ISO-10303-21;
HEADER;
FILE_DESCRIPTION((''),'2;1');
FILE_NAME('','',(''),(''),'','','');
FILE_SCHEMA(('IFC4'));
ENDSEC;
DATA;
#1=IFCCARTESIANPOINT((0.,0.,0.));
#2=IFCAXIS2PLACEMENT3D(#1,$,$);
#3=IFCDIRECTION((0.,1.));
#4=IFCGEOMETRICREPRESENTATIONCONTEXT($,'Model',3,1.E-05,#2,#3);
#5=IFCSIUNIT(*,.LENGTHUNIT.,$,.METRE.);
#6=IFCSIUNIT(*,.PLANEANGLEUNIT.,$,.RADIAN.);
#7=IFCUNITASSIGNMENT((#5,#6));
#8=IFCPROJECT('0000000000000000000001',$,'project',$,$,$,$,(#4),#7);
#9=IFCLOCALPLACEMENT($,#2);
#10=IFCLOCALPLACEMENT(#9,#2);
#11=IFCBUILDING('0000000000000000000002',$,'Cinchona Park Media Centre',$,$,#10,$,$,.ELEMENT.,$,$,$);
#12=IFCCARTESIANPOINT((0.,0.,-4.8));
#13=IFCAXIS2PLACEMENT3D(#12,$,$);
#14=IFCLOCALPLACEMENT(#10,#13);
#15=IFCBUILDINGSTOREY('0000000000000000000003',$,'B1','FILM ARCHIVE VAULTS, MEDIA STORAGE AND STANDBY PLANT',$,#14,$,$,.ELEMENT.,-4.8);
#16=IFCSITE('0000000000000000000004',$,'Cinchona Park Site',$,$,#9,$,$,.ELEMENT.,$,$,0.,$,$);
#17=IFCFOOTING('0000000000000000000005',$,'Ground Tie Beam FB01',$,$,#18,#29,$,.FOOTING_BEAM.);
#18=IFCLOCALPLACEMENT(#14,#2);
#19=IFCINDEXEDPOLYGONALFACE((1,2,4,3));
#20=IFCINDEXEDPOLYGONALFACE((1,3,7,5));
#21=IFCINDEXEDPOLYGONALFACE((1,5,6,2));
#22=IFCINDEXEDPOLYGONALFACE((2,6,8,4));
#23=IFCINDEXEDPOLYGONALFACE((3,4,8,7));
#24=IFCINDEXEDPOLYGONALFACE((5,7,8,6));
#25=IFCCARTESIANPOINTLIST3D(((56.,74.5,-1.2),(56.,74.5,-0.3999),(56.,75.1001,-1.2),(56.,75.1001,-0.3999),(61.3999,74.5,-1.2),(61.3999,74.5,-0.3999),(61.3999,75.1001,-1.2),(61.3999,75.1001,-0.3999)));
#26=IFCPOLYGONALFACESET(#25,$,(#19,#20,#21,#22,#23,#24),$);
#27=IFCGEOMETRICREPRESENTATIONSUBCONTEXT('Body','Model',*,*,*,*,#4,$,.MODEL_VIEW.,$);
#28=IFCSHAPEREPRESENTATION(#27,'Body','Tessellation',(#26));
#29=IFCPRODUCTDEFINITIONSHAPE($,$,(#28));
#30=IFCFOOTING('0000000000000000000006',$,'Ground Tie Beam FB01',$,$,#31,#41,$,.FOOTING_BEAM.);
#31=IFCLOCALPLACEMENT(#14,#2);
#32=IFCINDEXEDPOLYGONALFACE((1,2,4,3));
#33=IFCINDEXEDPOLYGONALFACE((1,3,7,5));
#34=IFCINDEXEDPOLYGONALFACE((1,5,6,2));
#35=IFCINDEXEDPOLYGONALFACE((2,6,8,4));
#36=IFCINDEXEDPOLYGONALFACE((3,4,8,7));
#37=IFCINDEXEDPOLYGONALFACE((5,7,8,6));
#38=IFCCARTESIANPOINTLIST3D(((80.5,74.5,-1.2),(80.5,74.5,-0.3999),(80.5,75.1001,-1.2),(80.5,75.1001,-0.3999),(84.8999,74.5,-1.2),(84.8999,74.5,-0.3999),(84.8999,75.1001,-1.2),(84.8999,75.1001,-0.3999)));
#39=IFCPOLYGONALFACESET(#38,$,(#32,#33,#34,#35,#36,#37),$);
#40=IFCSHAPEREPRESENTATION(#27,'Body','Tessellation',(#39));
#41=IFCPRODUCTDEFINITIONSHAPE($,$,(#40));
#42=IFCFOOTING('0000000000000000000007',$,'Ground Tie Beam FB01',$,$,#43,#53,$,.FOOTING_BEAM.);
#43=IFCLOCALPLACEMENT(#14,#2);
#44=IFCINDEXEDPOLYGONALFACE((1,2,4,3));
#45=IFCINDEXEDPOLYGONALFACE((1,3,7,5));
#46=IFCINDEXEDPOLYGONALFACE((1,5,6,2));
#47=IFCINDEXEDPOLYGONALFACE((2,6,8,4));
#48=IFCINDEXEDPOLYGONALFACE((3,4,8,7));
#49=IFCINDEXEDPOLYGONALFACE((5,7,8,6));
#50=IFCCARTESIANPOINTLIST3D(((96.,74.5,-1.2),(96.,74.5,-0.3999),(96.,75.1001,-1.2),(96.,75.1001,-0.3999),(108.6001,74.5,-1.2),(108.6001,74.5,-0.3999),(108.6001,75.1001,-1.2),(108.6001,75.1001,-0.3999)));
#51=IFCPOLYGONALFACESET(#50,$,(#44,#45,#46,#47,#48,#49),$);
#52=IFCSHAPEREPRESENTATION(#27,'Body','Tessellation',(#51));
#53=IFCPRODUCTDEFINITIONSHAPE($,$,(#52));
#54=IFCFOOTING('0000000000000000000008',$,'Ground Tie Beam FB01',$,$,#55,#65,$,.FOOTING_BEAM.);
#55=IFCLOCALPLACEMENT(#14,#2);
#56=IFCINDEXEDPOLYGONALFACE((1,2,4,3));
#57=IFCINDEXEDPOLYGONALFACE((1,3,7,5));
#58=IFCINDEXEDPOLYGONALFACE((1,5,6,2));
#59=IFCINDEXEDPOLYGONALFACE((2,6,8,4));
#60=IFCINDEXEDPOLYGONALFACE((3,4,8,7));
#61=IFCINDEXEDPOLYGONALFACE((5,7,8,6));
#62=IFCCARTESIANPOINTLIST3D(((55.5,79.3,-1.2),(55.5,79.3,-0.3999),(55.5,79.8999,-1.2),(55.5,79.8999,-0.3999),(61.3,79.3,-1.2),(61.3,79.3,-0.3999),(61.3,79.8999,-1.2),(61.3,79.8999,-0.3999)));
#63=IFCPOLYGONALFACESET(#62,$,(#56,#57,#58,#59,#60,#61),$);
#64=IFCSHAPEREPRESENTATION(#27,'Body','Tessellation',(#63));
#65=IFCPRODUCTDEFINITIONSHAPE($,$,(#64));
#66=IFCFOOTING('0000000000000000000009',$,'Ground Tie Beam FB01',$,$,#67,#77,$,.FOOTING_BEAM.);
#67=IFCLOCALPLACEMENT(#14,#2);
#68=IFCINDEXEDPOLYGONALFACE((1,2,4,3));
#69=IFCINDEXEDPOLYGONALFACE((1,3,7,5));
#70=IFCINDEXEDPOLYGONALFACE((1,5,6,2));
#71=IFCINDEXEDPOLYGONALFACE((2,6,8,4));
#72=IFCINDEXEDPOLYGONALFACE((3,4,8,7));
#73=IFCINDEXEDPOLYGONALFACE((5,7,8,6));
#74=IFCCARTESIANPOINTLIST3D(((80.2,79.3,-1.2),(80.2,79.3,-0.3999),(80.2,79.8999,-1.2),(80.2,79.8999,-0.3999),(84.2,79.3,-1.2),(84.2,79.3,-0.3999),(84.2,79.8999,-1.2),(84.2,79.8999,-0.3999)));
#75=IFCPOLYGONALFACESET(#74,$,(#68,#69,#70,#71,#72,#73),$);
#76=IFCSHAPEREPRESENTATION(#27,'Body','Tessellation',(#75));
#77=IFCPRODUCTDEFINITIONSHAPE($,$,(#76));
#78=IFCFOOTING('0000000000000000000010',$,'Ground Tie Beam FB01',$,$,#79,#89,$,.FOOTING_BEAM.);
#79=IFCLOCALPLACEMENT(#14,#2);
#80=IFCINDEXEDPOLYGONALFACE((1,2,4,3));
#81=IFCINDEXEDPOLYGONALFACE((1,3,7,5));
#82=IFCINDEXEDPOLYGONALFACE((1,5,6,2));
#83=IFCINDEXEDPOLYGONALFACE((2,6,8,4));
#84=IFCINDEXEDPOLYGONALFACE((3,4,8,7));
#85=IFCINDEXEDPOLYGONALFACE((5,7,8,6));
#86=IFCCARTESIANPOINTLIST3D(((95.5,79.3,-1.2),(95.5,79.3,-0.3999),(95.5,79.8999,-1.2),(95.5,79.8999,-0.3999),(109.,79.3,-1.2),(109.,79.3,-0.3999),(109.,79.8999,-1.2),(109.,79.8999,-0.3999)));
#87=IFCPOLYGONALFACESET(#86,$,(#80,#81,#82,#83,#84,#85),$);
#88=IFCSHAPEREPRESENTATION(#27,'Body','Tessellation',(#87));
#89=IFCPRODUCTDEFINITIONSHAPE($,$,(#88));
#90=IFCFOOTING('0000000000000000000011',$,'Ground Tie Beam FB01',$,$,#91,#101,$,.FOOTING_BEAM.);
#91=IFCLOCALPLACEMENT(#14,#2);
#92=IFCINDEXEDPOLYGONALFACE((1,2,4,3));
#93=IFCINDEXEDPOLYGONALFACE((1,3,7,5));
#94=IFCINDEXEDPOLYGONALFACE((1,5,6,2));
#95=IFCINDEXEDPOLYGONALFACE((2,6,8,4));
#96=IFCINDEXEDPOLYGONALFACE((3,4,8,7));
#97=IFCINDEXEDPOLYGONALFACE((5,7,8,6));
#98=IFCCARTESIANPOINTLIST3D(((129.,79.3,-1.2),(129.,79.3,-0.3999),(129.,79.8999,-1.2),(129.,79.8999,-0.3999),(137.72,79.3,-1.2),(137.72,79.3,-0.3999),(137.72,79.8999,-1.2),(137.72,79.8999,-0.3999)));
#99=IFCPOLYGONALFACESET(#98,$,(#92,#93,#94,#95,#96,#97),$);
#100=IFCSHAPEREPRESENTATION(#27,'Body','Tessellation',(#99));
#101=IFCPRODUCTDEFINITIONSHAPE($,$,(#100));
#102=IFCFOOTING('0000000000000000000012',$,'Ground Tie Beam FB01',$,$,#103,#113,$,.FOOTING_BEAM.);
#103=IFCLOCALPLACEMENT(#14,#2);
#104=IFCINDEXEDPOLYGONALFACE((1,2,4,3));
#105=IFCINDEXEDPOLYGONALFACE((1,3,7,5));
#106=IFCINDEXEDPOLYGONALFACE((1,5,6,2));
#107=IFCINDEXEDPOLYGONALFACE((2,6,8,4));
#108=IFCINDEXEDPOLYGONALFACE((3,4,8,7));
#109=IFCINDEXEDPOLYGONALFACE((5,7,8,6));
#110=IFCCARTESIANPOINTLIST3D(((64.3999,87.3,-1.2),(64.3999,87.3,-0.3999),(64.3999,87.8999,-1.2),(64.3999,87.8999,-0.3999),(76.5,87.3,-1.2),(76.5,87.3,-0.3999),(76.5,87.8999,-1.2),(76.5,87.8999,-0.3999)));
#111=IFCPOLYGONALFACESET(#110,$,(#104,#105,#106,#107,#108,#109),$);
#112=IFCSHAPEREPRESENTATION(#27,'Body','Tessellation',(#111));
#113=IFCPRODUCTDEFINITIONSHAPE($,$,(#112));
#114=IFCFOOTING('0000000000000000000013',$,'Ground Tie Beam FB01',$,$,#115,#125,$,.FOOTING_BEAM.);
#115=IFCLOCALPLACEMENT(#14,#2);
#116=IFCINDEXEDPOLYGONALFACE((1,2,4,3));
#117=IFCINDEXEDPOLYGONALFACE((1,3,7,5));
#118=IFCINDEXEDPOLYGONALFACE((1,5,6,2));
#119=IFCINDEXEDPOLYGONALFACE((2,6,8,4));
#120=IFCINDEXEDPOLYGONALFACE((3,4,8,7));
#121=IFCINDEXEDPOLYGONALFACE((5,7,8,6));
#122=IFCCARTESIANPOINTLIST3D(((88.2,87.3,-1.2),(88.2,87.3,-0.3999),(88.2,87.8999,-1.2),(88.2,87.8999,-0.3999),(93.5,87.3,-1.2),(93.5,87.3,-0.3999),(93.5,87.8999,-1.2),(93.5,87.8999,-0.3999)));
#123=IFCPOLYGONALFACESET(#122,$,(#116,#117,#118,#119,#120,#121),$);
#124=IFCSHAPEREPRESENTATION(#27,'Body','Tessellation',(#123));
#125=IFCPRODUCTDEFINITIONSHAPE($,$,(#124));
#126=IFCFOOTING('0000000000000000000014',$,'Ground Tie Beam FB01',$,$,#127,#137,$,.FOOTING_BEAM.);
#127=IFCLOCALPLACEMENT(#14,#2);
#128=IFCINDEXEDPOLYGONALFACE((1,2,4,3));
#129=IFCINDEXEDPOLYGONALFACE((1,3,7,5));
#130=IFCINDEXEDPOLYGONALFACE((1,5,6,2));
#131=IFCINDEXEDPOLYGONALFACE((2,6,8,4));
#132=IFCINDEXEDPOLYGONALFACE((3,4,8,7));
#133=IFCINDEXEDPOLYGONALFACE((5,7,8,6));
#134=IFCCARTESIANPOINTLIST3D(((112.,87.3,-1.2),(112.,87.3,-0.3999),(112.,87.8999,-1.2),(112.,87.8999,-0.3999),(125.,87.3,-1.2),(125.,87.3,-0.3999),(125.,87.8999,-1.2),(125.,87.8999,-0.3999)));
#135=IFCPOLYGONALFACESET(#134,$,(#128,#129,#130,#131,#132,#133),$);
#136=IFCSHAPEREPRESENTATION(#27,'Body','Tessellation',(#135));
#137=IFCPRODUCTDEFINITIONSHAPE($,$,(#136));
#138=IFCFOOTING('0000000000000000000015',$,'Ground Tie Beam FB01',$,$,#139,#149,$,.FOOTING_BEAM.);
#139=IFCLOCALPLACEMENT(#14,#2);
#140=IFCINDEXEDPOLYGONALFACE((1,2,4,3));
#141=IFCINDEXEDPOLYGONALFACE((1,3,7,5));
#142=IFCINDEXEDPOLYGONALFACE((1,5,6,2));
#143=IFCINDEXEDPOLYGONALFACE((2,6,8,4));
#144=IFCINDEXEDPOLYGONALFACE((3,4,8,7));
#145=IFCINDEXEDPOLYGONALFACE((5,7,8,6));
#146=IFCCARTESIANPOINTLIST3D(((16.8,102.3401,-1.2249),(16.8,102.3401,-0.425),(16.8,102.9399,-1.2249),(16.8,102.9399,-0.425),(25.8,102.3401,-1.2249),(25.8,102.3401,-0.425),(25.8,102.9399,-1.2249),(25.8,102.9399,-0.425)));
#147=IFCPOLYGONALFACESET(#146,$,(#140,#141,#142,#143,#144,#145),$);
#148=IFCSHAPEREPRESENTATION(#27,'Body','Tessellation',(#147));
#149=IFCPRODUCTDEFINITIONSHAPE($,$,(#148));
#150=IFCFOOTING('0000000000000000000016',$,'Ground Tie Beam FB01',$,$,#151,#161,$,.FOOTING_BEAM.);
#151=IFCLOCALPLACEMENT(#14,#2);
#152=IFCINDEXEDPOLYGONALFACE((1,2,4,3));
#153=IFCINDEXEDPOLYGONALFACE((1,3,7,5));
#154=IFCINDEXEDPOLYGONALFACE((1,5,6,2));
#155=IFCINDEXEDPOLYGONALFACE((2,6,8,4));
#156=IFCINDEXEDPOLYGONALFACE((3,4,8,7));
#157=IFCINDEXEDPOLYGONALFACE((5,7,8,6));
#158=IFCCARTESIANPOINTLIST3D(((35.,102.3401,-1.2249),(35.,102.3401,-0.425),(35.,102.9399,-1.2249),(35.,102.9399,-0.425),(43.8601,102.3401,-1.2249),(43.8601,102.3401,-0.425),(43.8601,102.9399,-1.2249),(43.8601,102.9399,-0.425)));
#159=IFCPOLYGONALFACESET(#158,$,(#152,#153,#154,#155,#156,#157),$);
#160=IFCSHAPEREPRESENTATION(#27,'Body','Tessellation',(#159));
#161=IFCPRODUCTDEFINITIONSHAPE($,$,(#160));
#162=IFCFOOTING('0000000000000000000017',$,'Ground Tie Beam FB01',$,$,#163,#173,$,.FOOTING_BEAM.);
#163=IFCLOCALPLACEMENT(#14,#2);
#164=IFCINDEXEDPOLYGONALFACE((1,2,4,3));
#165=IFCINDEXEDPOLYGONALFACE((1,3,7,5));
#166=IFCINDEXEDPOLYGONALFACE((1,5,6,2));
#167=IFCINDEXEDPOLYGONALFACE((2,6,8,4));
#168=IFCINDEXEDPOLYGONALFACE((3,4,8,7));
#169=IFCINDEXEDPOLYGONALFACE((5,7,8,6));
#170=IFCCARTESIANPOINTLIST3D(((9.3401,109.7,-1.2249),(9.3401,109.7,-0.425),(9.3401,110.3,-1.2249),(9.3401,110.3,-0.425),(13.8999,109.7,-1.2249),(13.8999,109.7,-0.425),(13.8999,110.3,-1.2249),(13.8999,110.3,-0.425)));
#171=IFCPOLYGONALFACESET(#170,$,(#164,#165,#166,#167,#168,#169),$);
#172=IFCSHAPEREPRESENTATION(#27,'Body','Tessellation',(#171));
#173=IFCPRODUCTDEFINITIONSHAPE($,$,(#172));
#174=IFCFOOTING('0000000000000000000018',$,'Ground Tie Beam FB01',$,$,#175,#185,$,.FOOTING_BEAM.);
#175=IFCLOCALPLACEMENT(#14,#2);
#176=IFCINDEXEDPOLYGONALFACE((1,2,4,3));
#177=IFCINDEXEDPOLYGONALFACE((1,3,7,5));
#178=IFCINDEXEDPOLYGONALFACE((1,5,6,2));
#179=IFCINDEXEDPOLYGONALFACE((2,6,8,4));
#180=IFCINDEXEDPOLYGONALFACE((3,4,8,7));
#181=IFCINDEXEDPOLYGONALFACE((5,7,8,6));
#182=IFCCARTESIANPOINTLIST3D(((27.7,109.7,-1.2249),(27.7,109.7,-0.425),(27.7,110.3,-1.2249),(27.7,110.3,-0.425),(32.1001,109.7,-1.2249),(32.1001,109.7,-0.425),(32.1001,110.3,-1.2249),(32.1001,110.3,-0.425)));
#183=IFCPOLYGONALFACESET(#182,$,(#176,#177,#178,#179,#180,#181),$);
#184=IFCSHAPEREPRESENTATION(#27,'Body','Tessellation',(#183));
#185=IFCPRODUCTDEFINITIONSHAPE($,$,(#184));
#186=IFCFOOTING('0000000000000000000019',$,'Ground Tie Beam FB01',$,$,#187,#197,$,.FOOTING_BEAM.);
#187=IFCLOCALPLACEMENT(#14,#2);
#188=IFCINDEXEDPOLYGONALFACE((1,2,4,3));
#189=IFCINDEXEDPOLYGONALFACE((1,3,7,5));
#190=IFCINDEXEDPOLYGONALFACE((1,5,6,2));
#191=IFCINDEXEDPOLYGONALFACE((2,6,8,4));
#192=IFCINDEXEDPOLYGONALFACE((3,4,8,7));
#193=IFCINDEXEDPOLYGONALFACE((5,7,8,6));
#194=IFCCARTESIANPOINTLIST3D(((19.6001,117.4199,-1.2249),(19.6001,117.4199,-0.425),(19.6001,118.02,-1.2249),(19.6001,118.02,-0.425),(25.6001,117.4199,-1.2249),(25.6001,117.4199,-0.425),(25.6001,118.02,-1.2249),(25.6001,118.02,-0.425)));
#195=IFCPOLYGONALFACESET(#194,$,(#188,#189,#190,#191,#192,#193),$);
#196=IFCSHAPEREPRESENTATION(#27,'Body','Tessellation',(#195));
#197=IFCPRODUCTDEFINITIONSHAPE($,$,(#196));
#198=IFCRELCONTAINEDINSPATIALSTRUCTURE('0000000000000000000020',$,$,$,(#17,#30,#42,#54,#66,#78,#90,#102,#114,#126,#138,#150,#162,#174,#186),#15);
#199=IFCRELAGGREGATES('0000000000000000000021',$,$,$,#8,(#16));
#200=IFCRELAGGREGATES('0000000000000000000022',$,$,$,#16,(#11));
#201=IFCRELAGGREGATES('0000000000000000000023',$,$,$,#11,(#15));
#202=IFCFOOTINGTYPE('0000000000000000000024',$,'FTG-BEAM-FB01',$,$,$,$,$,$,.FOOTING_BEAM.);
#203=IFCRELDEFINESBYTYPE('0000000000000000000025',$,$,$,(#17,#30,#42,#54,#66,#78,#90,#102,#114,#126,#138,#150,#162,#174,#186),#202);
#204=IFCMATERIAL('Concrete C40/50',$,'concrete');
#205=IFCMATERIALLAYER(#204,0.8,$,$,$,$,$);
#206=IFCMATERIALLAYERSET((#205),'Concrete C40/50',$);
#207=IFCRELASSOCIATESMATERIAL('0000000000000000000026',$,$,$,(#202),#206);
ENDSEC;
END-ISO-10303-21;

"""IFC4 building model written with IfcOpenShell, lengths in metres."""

from ifc_helpers import new_model, si_unit, direction, frame, origin, place, context, subcontext, project, spatial, polyline, outline, extrude, material, layer, layer_set, type_object, element, save


model = new_model("IFC4")

# Units and contexts
model_context = context("Model", 3, precision=1e-05, world=origin(), true_north=direction((0.0, 1.0)))
body_context = subcontext(model_context, "Body", "Model", "MODEL_VIEW")
ifc_project = project(units=[si_unit("LENGTHUNIT", "METRE"), si_unit("PLANEANGLEUNIT", "RADIAN")], contexts=[model_context])

# Site, building, storey
site_placement = place(None, origin())
site = spatial("IfcSite", under=ifc_project, at=site_placement, Name="Cinchona Park Site", CompositionType="ELEMENT", RefElevation=0.0)
building_placement = place(site_placement, origin())
building = spatial("IfcBuilding", under=site, at=building_placement, Name="Cinchona Park Media Centre", CompositionType="ELEMENT")
storey_placement = place(building_placement, frame((0.0, 0.0, -4.8)))
storey = spatial("IfcBuildingStorey", under=building, at=storey_placement, Name="B1", Description="FILM ARCHIVE VAULTS, MEDIA STORAGE AND STANDBY PLANT", CompositionType="ELEMENT", Elevation=-4.8)

# Footings
ifc_material = material(Name="Concrete C40/50", Category="concrete")
ifc_layer = layer(ifc_material, 0.8)
ifc_layer_set = layer_set([ifc_layer], Name="Concrete C40/50")
footing_type = type_object("IfcFootingType", Name="FTG-BEAM-FB01", PredefinedType="FOOTING_BEAM", material=ifc_layer_set)
footing_1_placement = place(storey_placement, frame((0.0, 0.0, -1.2)))
element("IfcFooting", 1, at=footing_1_placement, inside=storey, type_object=footing_type, Name="Ground Tie Beam FB01", PredefinedType="FOOTING_BEAM", context=body_context, shape_type="SweptSolid", body=[
    extrude(outline(polyline([(56.0, 74.5), (61.3999, 74.5), (61.3999, 75.1001), (56.0, 75.1001), (56.0, 74.5)])), origin(), (0.0, 0.0, 1.0), 0.8),
])
footing_2_placement = place(storey_placement, frame((0.0, 0.0, -1.2)))
element("IfcFooting", 2, at=footing_2_placement, inside=storey, type_object=footing_type, Name="Ground Tie Beam FB01", PredefinedType="FOOTING_BEAM", context=body_context, shape_type="SweptSolid", body=[
    extrude(outline(polyline([(80.5, 74.5), (84.8999, 74.5), (84.8999, 75.1001), (80.5, 75.1001), (80.5, 74.5)])), origin(), (0.0, 0.0, 1.0), 0.8),
])
footing_3_placement = place(storey_placement, frame((0.0, 0.0, -1.2)))
element("IfcFooting", 3, at=footing_3_placement, inside=storey, type_object=footing_type, Name="Ground Tie Beam FB01", PredefinedType="FOOTING_BEAM", context=body_context, shape_type="SweptSolid", body=[
    extrude(outline(polyline([(96.0, 74.5), (108.6001, 74.5), (108.6001, 75.1001), (96.0, 75.1001), (96.0, 74.5)])), origin(), (0.0, 0.0, 1.0), 0.8),
])
footing_4_placement = place(storey_placement, frame((0.0, 0.0, -1.2)))
element("IfcFooting", 4, at=footing_4_placement, inside=storey, type_object=footing_type, Name="Ground Tie Beam FB01", PredefinedType="FOOTING_BEAM", context=body_context, shape_type="SweptSolid", body=[
    extrude(outline(polyline([(55.5, 79.3), (61.3, 79.3), (61.3, 79.8999), (55.5, 79.8999), (55.5, 79.3)])), origin(), (0.0, 0.0, 1.0), 0.8),
])
footing_5_placement = place(storey_placement, frame((0.0, 0.0, -1.2)))
element("IfcFooting", 5, at=footing_5_placement, inside=storey, type_object=footing_type, Name="Ground Tie Beam FB01", PredefinedType="FOOTING_BEAM", context=body_context, shape_type="SweptSolid", body=[
    extrude(outline(polyline([(80.2, 79.3), (84.2, 79.3), (84.2, 79.8999), (80.2, 79.8999), (80.2, 79.3)])), origin(), (0.0, 0.0, 1.0), 0.8),
])
footing_6_placement = place(storey_placement, frame((0.0, 0.0, -1.2)))
element("IfcFooting", 6, at=footing_6_placement, inside=storey, type_object=footing_type, Name="Ground Tie Beam FB01", PredefinedType="FOOTING_BEAM", context=body_context, shape_type="SweptSolid", body=[
    extrude(outline(polyline([(95.5, 79.3), (109.0, 79.3), (109.0, 79.8999), (95.5, 79.8999), (95.5, 79.3)])), origin(), (0.0, 0.0, 1.0), 0.8),
])
footing_7_placement = place(storey_placement, frame((0.0, 0.0, -1.2)))
element("IfcFooting", 7, at=footing_7_placement, inside=storey, type_object=footing_type, Name="Ground Tie Beam FB01", PredefinedType="FOOTING_BEAM", context=body_context, shape_type="SweptSolid", body=[
    extrude(outline(polyline([(129.0, 79.3), (137.72, 79.3), (137.72, 79.8999), (129.0, 79.8999), (129.0, 79.3)])), origin(), (0.0, 0.0, 1.0), 0.8),
])
footing_8_placement = place(storey_placement, frame((0.0, 0.0, -1.2)))
element("IfcFooting", 8, at=footing_8_placement, inside=storey, type_object=footing_type, Name="Ground Tie Beam FB01", PredefinedType="FOOTING_BEAM", context=body_context, shape_type="SweptSolid", body=[
    extrude(outline(polyline([(64.3999, 87.3), (76.5, 87.3), (76.5, 87.8999), (64.3999, 87.8999), (64.3999, 87.3)])), origin(), (0.0, 0.0, 1.0), 0.8),
])
footing_9_placement = place(storey_placement, frame((0.0, 0.0, -1.2)))
element("IfcFooting", 9, at=footing_9_placement, inside=storey, type_object=footing_type, Name="Ground Tie Beam FB01", PredefinedType="FOOTING_BEAM", context=body_context, shape_type="SweptSolid", body=[
    extrude(outline(polyline([(88.2, 87.3), (93.5, 87.3), (93.5, 87.8999), (88.2, 87.8999), (88.2, 87.3)])), origin(), (0.0, 0.0, 1.0), 0.8),
])
footing_10_placement = place(storey_placement, frame((0.0, 0.0, -1.2)))
element("IfcFooting", 10, at=footing_10_placement, inside=storey, type_object=footing_type, Name="Ground Tie Beam FB01", PredefinedType="FOOTING_BEAM", context=body_context, shape_type="SweptSolid", body=[
    extrude(outline(polyline([(112.0, 87.3), (125.0, 87.3), (125.0, 87.8999), (112.0, 87.8999), (112.0, 87.3)])), origin(), (0.0, 0.0, 1.0), 0.8),
])
footing_11_placement = place(storey_placement, frame((0.0, 0.0, -1.2249)))
element("IfcFooting", 11, at=footing_11_placement, inside=storey, type_object=footing_type, Name="Ground Tie Beam FB01", PredefinedType="FOOTING_BEAM", context=body_context, shape_type="SweptSolid", body=[
    extrude(outline(polyline([(16.8, 102.3401), (25.8, 102.3401), (25.8, 102.9399), (16.8, 102.9399), (16.8, 102.3401)])), origin(), (0.0, 0.0, 1.0), 0.7998),
])
footing_12_placement = place(storey_placement, frame((0.0, 0.0, -1.2249)))
element("IfcFooting", 12, at=footing_12_placement, inside=storey, type_object=footing_type, Name="Ground Tie Beam FB01", PredefinedType="FOOTING_BEAM", context=body_context, shape_type="SweptSolid", body=[
    extrude(outline(polyline([(35.0, 102.3401), (43.8601, 102.3401), (43.8601, 102.9399), (35.0, 102.9399), (35.0, 102.3401)])), origin(), (0.0, 0.0, 1.0), 0.7998),
])
footing_13_placement = place(storey_placement, frame((0.0, 0.0, -1.2249)))
element("IfcFooting", 13, at=footing_13_placement, inside=storey, type_object=footing_type, Name="Ground Tie Beam FB01", PredefinedType="FOOTING_BEAM", context=body_context, shape_type="SweptSolid", body=[
    extrude(outline(polyline([(9.3401, 109.7), (13.8999, 109.7), (13.8999, 110.3), (9.3401, 110.3), (9.3401, 109.7)])), origin(), (0.0, 0.0, 1.0), 0.7998),
])
footing_14_placement = place(storey_placement, frame((0.0, 0.0, -1.2249)))
element("IfcFooting", 14, at=footing_14_placement, inside=storey, type_object=footing_type, Name="Ground Tie Beam FB01", PredefinedType="FOOTING_BEAM", context=body_context, shape_type="SweptSolid", body=[
    extrude(outline(polyline([(27.7, 109.7), (32.1001, 109.7), (32.1001, 110.3), (27.7, 110.3), (27.7, 109.7)])), origin(), (0.0, 0.0, 1.0), 0.7998),
])
footing_15_placement = place(storey_placement, frame((0.0, 0.0, -1.2249)))
element("IfcFooting", 15, at=footing_15_placement, inside=storey, type_object=footing_type, Name="Ground Tie Beam FB01", PredefinedType="FOOTING_BEAM", context=body_context, shape_type="SweptSolid", body=[
    extrude(outline(polyline([(19.6001, 117.4199), (25.6001, 117.4199), (25.6001, 118.02), (19.6001, 118.02), (19.6001, 117.4199)])), origin(), (0.0, 0.0, 1.0), 0.7998),
])

save(model, "model.ifc")
